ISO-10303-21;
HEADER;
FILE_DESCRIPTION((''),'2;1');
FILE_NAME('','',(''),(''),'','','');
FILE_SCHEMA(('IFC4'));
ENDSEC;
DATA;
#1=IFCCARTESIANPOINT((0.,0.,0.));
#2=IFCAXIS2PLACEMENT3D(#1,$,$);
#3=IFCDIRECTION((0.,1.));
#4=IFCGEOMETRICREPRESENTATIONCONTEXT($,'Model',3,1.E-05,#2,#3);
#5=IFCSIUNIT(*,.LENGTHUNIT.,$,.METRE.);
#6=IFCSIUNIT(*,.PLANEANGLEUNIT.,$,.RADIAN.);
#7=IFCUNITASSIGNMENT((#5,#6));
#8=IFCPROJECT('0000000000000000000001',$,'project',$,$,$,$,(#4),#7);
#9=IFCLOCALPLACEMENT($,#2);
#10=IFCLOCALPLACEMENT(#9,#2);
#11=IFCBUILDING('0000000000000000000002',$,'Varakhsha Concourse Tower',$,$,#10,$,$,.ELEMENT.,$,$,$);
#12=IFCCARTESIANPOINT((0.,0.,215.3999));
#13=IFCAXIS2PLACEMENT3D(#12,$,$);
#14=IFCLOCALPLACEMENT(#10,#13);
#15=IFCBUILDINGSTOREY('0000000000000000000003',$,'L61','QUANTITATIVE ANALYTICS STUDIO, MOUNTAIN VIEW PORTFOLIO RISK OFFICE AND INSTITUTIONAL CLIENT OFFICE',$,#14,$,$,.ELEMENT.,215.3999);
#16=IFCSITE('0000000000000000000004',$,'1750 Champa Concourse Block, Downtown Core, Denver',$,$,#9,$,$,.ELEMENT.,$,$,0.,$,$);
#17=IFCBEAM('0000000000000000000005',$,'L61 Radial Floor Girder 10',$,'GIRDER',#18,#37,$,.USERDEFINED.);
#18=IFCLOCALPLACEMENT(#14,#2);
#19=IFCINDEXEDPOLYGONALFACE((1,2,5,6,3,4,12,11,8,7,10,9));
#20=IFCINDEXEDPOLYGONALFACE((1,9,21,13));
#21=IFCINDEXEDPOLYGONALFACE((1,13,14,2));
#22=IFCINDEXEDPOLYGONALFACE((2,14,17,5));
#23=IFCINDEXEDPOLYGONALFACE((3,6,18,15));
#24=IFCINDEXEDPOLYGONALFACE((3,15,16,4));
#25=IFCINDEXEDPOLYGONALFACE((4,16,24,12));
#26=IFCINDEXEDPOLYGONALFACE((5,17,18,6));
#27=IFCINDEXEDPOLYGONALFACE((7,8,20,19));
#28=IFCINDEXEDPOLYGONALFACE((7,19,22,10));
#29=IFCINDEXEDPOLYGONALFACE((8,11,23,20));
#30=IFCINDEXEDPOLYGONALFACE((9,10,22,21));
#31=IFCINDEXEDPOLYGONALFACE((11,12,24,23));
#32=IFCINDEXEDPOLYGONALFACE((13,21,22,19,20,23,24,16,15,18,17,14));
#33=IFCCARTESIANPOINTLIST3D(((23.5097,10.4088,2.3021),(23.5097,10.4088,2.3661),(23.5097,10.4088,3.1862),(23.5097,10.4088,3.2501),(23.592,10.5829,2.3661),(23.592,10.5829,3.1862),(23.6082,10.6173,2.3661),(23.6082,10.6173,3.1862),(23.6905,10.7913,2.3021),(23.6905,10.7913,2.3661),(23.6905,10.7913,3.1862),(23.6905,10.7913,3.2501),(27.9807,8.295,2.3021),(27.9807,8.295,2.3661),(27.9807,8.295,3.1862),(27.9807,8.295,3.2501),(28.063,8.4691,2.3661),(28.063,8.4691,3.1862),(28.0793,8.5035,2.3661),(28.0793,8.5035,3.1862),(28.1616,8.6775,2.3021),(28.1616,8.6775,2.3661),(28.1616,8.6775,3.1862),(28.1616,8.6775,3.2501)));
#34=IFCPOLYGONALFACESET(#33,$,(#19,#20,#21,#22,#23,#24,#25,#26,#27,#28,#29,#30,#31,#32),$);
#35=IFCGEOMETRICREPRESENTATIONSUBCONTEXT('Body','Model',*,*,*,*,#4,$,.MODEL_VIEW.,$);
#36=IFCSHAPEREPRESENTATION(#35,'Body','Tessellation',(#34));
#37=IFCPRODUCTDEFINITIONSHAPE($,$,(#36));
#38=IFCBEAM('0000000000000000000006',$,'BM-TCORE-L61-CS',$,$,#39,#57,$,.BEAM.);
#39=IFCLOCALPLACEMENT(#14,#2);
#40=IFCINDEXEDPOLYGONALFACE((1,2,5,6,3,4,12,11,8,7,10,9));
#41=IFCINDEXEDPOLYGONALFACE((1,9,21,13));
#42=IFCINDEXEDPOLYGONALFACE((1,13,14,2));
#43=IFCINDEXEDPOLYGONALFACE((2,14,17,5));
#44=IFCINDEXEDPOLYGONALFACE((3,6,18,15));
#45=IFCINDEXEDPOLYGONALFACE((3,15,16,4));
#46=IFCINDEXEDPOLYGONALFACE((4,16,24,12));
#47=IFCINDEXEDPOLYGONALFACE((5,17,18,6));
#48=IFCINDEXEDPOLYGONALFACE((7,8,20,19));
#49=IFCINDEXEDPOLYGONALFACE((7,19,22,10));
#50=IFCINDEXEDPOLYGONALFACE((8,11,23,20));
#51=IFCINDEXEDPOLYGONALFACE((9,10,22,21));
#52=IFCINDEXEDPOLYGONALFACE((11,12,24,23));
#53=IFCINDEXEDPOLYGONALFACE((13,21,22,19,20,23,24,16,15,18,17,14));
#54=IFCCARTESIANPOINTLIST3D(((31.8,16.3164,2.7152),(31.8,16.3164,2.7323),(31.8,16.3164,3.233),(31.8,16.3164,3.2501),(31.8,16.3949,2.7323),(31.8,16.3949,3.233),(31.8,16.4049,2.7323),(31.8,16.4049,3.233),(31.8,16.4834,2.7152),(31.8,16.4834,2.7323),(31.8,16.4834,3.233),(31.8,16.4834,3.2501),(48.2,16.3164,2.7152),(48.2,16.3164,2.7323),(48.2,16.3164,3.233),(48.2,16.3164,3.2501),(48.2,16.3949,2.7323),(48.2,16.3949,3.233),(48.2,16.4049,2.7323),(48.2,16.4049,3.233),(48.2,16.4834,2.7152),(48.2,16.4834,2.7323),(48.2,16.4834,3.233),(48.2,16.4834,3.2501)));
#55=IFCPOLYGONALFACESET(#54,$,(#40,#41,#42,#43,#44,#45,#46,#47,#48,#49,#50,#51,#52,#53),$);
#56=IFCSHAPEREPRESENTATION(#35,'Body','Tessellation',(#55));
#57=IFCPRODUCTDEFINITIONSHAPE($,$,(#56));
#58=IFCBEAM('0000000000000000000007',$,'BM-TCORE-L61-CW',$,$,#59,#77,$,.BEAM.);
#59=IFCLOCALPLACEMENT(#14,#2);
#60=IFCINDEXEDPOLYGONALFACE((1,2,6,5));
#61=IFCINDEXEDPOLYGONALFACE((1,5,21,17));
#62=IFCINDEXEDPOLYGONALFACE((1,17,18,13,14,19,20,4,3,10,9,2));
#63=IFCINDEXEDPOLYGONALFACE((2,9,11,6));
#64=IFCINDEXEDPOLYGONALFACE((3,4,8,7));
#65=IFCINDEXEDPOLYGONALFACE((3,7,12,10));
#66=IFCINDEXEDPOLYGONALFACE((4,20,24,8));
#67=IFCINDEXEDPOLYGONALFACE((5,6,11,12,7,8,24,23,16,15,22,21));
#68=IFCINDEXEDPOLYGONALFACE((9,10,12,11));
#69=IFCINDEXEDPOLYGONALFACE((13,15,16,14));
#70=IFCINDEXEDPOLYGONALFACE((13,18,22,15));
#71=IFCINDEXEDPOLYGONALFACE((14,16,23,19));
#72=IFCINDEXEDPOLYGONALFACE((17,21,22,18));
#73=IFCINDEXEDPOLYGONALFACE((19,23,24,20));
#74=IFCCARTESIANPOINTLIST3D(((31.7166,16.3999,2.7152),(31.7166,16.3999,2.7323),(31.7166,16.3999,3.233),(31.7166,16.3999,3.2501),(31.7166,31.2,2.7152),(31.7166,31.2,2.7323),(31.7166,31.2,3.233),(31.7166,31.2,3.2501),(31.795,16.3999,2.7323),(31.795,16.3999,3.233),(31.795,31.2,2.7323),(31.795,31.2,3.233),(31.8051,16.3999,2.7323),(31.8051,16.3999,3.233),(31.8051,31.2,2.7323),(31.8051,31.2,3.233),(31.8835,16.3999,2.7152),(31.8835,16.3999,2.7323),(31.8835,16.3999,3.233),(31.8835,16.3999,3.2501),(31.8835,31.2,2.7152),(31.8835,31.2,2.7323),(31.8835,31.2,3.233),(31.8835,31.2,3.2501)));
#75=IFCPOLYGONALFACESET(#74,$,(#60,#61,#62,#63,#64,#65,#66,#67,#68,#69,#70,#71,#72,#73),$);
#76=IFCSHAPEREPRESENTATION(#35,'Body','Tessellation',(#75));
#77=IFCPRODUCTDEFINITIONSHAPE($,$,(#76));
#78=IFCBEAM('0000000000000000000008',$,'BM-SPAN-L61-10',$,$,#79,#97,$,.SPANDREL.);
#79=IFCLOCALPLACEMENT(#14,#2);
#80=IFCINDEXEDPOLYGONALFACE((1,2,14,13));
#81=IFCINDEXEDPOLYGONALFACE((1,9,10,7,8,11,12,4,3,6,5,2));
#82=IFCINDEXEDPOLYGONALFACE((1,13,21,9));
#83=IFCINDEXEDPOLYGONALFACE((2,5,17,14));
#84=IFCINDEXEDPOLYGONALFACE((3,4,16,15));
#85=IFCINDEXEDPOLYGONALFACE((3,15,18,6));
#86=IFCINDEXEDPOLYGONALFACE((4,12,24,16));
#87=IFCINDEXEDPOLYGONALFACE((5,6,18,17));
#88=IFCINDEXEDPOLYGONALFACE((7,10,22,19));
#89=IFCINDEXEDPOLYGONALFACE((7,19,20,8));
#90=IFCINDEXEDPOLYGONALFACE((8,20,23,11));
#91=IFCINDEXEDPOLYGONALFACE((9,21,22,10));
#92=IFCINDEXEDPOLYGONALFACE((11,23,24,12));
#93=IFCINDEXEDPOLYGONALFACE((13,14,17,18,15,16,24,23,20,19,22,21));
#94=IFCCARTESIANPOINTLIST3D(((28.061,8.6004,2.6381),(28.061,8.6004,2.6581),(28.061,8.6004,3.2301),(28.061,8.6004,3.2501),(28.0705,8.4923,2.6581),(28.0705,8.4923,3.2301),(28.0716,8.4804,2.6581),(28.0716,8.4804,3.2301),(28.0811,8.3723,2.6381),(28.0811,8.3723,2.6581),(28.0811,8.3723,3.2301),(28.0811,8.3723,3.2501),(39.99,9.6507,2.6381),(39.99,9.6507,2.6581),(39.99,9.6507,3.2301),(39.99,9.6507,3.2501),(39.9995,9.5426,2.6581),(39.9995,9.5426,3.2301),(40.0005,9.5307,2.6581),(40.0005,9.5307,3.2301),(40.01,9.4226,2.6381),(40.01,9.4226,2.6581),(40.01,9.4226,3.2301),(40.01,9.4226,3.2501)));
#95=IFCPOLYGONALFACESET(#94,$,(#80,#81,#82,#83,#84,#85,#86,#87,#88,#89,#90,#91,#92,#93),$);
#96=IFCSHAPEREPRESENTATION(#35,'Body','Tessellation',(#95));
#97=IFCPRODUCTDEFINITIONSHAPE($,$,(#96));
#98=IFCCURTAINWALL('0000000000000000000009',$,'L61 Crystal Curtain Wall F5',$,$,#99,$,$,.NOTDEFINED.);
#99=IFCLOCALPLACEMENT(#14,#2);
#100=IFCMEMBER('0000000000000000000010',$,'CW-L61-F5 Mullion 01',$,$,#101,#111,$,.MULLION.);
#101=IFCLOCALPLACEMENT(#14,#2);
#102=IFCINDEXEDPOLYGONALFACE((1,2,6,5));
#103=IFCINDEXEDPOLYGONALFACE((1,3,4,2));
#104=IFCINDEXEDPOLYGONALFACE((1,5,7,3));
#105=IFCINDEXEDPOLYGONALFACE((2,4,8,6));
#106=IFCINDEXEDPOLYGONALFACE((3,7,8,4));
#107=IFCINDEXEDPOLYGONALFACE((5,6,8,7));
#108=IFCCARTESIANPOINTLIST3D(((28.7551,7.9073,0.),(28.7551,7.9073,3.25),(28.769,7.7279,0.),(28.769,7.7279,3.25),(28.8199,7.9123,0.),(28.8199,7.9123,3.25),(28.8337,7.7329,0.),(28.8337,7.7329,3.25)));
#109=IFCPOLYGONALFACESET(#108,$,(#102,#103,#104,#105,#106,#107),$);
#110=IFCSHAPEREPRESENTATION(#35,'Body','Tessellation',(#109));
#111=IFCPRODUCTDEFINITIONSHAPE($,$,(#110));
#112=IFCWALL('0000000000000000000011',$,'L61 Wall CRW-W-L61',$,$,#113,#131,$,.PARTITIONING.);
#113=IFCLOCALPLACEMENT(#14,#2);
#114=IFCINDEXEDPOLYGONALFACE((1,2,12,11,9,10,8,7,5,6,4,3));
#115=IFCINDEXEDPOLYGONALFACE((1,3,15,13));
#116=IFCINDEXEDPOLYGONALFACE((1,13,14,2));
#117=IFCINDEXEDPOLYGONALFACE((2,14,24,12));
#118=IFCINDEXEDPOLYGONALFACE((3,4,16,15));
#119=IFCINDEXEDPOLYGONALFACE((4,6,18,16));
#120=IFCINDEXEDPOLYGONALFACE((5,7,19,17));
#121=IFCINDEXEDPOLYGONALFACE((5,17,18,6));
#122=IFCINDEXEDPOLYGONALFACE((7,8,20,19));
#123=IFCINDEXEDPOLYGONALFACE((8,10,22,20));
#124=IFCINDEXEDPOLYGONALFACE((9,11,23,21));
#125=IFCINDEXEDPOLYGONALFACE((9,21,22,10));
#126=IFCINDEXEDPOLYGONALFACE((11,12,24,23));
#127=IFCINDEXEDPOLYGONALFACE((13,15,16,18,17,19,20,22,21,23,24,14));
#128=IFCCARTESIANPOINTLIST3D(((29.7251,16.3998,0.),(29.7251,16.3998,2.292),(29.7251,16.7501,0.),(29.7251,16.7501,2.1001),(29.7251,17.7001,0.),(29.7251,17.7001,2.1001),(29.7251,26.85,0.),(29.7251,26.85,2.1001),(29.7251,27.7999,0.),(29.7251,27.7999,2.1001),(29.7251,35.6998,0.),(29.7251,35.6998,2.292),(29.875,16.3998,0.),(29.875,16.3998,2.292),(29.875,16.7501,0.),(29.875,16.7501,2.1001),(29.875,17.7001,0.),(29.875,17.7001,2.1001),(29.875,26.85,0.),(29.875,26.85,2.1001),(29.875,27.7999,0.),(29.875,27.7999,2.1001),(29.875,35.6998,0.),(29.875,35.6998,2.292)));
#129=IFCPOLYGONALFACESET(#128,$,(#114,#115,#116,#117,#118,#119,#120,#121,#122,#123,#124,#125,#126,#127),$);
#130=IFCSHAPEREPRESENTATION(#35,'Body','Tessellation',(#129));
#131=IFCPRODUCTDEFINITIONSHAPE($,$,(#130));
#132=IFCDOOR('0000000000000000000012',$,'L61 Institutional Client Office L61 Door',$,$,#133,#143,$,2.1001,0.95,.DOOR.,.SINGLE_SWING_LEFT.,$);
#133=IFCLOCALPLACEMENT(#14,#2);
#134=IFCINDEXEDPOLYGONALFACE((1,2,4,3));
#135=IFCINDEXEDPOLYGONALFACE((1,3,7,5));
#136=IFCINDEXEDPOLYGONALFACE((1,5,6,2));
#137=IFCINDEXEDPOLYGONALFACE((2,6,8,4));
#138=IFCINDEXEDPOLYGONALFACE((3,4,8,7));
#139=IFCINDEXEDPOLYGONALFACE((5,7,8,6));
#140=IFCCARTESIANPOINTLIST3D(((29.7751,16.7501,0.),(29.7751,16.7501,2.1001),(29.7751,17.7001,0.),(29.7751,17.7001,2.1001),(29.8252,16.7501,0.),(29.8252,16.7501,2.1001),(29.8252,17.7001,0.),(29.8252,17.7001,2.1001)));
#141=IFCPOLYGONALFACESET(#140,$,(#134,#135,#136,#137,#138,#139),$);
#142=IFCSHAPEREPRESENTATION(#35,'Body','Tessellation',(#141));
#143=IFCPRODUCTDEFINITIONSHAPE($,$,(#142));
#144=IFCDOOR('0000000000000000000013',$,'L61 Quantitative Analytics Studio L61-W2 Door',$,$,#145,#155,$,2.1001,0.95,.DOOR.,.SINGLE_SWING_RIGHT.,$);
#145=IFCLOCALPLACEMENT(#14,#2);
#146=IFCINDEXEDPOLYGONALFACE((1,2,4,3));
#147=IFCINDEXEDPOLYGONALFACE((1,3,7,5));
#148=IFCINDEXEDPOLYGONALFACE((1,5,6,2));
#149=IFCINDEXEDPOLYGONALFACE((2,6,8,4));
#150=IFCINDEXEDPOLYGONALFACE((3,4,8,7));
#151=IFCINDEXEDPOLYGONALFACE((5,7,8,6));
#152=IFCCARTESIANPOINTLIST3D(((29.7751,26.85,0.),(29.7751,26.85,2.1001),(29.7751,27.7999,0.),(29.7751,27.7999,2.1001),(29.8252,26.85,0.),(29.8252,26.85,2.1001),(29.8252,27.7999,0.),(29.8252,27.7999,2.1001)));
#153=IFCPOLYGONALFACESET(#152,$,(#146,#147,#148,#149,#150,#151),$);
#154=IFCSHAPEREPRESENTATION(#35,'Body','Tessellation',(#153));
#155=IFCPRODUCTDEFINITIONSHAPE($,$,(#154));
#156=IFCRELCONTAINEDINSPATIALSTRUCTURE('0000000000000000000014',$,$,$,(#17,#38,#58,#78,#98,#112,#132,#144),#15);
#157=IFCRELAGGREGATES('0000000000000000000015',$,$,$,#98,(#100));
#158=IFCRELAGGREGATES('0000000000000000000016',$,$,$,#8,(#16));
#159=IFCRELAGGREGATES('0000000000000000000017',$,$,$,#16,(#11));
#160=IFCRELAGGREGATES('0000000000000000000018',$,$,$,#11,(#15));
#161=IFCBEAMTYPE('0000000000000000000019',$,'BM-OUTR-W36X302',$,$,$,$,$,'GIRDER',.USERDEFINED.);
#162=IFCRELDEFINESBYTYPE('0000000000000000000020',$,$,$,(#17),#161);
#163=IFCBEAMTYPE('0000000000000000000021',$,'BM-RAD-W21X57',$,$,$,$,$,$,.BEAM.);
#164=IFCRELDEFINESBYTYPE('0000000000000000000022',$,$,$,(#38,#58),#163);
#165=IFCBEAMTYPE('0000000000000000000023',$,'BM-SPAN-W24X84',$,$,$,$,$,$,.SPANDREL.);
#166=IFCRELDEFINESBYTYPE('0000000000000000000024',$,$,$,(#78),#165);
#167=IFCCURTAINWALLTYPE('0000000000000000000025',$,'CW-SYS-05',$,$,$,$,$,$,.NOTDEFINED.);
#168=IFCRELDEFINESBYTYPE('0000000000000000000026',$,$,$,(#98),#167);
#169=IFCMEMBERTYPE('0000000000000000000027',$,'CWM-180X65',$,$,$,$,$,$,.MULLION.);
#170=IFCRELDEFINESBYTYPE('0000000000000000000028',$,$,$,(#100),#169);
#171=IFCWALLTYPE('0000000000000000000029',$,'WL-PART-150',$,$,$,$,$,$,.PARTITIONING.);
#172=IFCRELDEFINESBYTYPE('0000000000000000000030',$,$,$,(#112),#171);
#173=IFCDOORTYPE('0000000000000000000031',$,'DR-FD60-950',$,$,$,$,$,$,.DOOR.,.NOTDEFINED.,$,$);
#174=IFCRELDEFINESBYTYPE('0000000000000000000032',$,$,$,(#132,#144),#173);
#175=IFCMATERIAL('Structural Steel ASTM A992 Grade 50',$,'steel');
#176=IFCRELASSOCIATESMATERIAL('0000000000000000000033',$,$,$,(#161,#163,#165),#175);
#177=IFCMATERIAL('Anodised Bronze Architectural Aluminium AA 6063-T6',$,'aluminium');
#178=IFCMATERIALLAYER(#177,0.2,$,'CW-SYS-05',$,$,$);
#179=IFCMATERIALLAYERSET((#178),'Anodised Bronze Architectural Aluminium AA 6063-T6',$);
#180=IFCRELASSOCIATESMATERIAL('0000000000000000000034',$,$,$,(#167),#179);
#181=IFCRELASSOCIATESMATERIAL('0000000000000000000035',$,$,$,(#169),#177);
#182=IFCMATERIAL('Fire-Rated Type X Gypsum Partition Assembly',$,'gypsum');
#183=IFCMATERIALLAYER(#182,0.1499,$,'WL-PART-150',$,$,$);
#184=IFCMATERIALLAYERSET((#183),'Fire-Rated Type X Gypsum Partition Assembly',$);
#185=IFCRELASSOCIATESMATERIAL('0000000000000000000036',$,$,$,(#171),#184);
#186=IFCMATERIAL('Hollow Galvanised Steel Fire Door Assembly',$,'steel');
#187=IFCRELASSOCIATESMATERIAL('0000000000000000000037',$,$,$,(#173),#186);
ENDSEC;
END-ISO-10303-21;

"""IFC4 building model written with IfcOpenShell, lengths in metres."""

from ifc_helpers import new_model, si_unit, direction, frame, frame_2d, origin, origin_2d, place, context, subcontext, project, spatial, rectangle, i_section, extrude, source, transform, mapped, material, layer, layer_set, material_profile, profile_set, type_object, type_shapes, element, fill, aggregate, save


model = new_model("IFC4")

# Units and contexts
model_context = context("Model", 3, precision=1e-05, world=origin(), true_north=direction((0.0, 1.0)))
body_context = subcontext(model_context, "Body", "Model", "MODEL_VIEW")
ifc_project = project(units=[si_unit("LENGTHUNIT", "METRE"), si_unit("PLANEANGLEUNIT", "RADIAN")], contexts=[model_context])

# Site, building, storey
site_placement = place(None, origin())
site = spatial("IfcSite", under=ifc_project, at=site_placement, Name="1750 Champa Concourse Block, Downtown Core, Denver", CompositionType="ELEMENT", RefElevation=0.0)
building_placement = place(site_placement, origin())
building = spatial("IfcBuilding", under=site, at=building_placement, Name="Varakhsha Concourse Tower", CompositionType="ELEMENT")
storey_placement = place(building_placement, frame((0.0, 0.0, 215.3999)))
storey = spatial("IfcBuildingStorey", under=building, at=storey_placement, Name="L61", Description="QUANTITATIVE ANALYTICS STUDIO, MOUNTAIN VIEW PORTFOLIO RISK OFFICE AND INSTITUTIONAL CLIENT OFFICE", CompositionType="ELEMENT", Elevation=215.3999)

# Shared definitions
ifc_material_1 = material(Name="Structural Steel ASTM A992 Grade 50", Category="steel")

# Beams
ifc_material_profile_1 = material_profile(ifc_material_1, i_section(OverallWidth=0.4231, OverallDepth=0.948, WebThickness=0.0381, FlangeThickness=0.064, at=origin_2d()), Name="W36X302")
ifc_profile_set_1 = profile_set([ifc_material_profile_1], Name="Structural Steel ASTM A992 Grade 50")
beam_type_1 = type_object("IfcBeamType", Name="BM-OUTR-W36X302", ElementType="GIRDER", PredefinedType="USERDEFINED", material=ifc_profile_set_1)
beam_1_placement = place(storey_placement, frame((23.6001, 10.6001, 2.7761), z_axis=(0.904054, -0.427418, 0.0), x_axis=(0.427418, 0.904054, 0.0)))
element("IfcBeam", 1, at=beam_1_placement, inside=storey, type_object=beam_type_1, Name="L61 Radial Floor Girder 10", ObjectType="GIRDER", PredefinedType="USERDEFINED", context=body_context, shape_type="SweptSolid", body=[
    extrude(i_section(OverallWidth=0.4231, OverallDepth=0.948, WebThickness=0.0381, FlangeThickness=0.064, at=origin_2d()), origin(), (0.0, 0.0, 1.0), 4.9456),
])
ifc_material_profile_2 = material_profile(ifc_material_1, i_section(OverallWidth=0.167, OverallDepth=0.5349, WebThickness=0.01, FlangeThickness=0.0171, at=origin_2d()), Name="W21X57")
ifc_profile_set_2 = profile_set([ifc_material_profile_2], Name="Structural Steel ASTM A992 Grade 50")
beam_type_2 = type_object("IfcBeamType", Name="BM-RAD-W21X57", PredefinedType="BEAM", material=ifc_profile_set_2)
beam_2_placement = place(storey_placement, frame((31.8, 16.3999, 2.9827), z_axis=(1.0, 0.0, 0.0), x_axis=(0.0, 1.0, 0.0)))
element("IfcBeam", 2, at=beam_2_placement, inside=storey, type_object=beam_type_2, Name="BM-TCORE-L61-CS", PredefinedType="BEAM", context=body_context, shape_type="SweptSolid", body=[
    extrude(i_section(OverallWidth=0.167, OverallDepth=0.5349, WebThickness=0.01, FlangeThickness=0.0171, at=origin_2d()), origin(), (0.0, 0.0, 1.0), 16.3999),
])
beam_3_placement = place(storey_placement, frame((31.8, 16.3999, 2.9827), z_axis=(0.0, 1.0, 0.0), x_axis=(-1.0, 0.0, 0.0)))
element("IfcBeam", 3, at=beam_3_placement, inside=storey, type_object=beam_type_2, Name="BM-TCORE-L61-CW", PredefinedType="BEAM", context=body_context, shape_type="SweptSolid", body=[
    extrude(i_section(OverallWidth=0.167, OverallDepth=0.5349, WebThickness=0.01, FlangeThickness=0.0171, at=origin_2d()), origin(), (0.0, 0.0, 1.0), 14.8),
])
ifc_material_profile_3 = material_profile(ifc_material_1, i_section(OverallWidth=0.229, OverallDepth=0.6121, WebThickness=0.012, FlangeThickness=0.02, at=origin_2d()), Name="W24X84")
ifc_profile_set_3 = profile_set([ifc_material_profile_3], Name="Structural Steel ASTM A992 Grade 50")
beam_type_3 = type_object("IfcBeamType", Name="BM-SPAN-W24X84", PredefinedType="SPANDREL", material=ifc_profile_set_3)
beam_4_placement = place(storey_placement, frame((28.071, 8.4863, 2.9441), z_axis=(0.996146, 0.087706, 0.0), x_axis=(-0.087706, 0.996146, 0.0)))
element("IfcBeam", 4, at=beam_4_placement, inside=storey, type_object=beam_type_3, Name="BM-SPAN-L61-10", PredefinedType="SPANDREL", context=body_context, shape_type="SweptSolid", body=[
    extrude(i_section(OverallWidth=0.229, OverallDepth=0.6121, WebThickness=0.012, FlangeThickness=0.02, at=origin_2d()), origin(), (0.0, 0.0, 1.0), 11.9751),
])

# Curtain wall, member
ifc_material_2 = material(Name="Anodised Bronze Architectural Aluminium AA 6063-T6", Category="aluminium")
ifc_layer_1 = layer(ifc_material_2, 0.2, Name="CW-SYS-05")
ifc_layer_set_1 = layer_set([ifc_layer_1], Name="Anodised Bronze Architectural Aluminium AA 6063-T6")
curtain_wall_type = type_object("IfcCurtainWallType", Name="CW-SYS-05", PredefinedType="NOTDEFINED", material=ifc_layer_set_1)
curtain_wall_placement = place(storey_placement, origin())
curtain_wall = element("IfcCurtainWall", 5, at=curtain_wall_placement, inside=storey, type_object=curtain_wall_type, Name="L61 Crystal Curtain Wall F5", PredefinedType="NOTDEFINED")
ifc_material_profile_4 = material_profile(ifc_material_2, rectangle(XDim=0.0649, YDim=0.1799, at=origin_2d()), Name="CWM-180X65")
ifc_profile_set_4 = profile_set([ifc_material_profile_4], Name="Anodised Bronze Architectural Aluminium AA 6063-T6")
member_type = type_object("IfcMemberType", Name="CWM-180X65", PredefinedType="MULLION", material=ifc_profile_set_4)
shared_shape = source(origin(), body_context, "Body", "SweptSolid", [
    extrude(rectangle(XDim=0.0649, YDim=0.1799, at=origin_2d()), origin(), (0.0, 0.0, 1.0), 3.25),
])
type_shapes(member_type, [shared_shape])
member_placement = place(storey_placement, frame((28.7944, 7.8201, 0.0), z_axis=(0.0, 0.0, 1.0), x_axis=(-0.997034, -0.076961, 0.0)))
member = element("IfcMember", 6, at=member_placement, type_object=member_type, Name="CW-L61-F5 Mullion 01", PredefinedType="MULLION", context=body_context, shape_type="MappedRepresentation", body=[
    mapped(shared_shape, transform((0.0, 0.0, 0.0), scale=1.0)),
])
aggregate(curtain_wall, [member])

# Wall, openings, doors
ifc_material_3 = material(Name="Fire-Rated Type X Gypsum Partition Assembly", Category="gypsum")
ifc_layer_2 = layer(ifc_material_3, 0.1499, Name="WL-PART-150")
ifc_layer_set_2 = layer_set([ifc_layer_2], Name="Fire-Rated Type X Gypsum Partition Assembly")
wall_type = type_object("IfcWallType", Name="WL-PART-150", PredefinedType="PARTITIONING", material=ifc_layer_set_2)
wall_1_placement = place(storey_placement, frame((29.8, 16.3999, 0.0), z_axis=(0.0, 0.0, 1.0), x_axis=(0.0, 1.0, 0.0)))
wall_1 = element("IfcWall", 7, at=wall_1_placement, inside=storey, type_object=wall_type, Name="L61 Wall CRW-W-L61", PredefinedType="PARTITIONING", context=body_context, shape_type="SweptSolid", body=[
    extrude(rectangle(XDim=19.3, YDim=0.1499, at=frame_2d((9.6499, 0.0))), origin(), (0.0, 0.0, 1.0), 2.292),
])
opening_1_placement = place(wall_1_placement, frame((0.3501, 0.0, 0.0)))
opening_1 = element("IfcOpeningElement", 8, at=opening_1_placement, cuts=wall_1, PredefinedType="OPENING", context=body_context, shape_type="SweptSolid", body=[
    extrude(rectangle(XDim=0.95, YDim=2.1001, at=frame_2d((0.4751, 1.05))), frame((0.0, 0.085, 0.0), z_axis=(0.0, -1.0, 0.0), x_axis=(1.0, 0.0, 0.0)), (0.0, 0.0, 1.0), 0.1699),
])
opening_2_placement = place(wall_1_placement, frame((10.45, 0.0, 0.0)))
opening_2 = element("IfcOpeningElement", 9, at=opening_2_placement, cuts=wall_1, PredefinedType="OPENING", context=body_context, shape_type="SweptSolid", body=[
    extrude(rectangle(XDim=0.95, YDim=2.1001, at=frame_2d((0.4751, 1.05))), frame((0.0, 0.085, 0.0), z_axis=(0.0, -1.0, 0.0), x_axis=(1.0, 0.0, 0.0)), (0.0, 0.0, 1.0), 0.1699),
])
ifc_material_4 = material(Name="Hollow Galvanised Steel Fire Door Assembly", Category="steel")
door_type = type_object("IfcDoorType", Name="DR-FD60-950", OperationType="NOTDEFINED", PredefinedType="DOOR", material=ifc_material_4)
door_1_placement = place(opening_1_placement, origin())
door_1 = element("IfcDoor", 10, at=door_1_placement, inside=storey, type_object=door_type, Name="L61 Institutional Client Office L61 Door", OperationType="SINGLE_SWING_LEFT", OverallHeight=2.1001, OverallWidth=0.95, PredefinedType="DOOR", context=body_context, shape_type="SweptSolid", body=[
    extrude(rectangle(XDim=0.95, YDim=2.1001, at=frame_2d((0.4751, 1.05))), frame((0.0, 0.0249, 0.0), z_axis=(0.0, -1.0, 0.0), x_axis=(1.0, 0.0, 0.0)), (0.0, 0.0, 1.0), 0.05),
])
fill(opening_1, door_1)
door_2_placement = place(opening_2_placement, origin())
door_2 = element("IfcDoor", 11, at=door_2_placement, inside=storey, type_object=door_type, Name="L61 Quantitative Analytics Studio L61-W2 Door", OperationType="SINGLE_SWING_RIGHT", OverallHeight=2.1001, OverallWidth=0.95, PredefinedType="DOOR", context=body_context, shape_type="SweptSolid", body=[
    extrude(rectangle(XDim=0.95, YDim=2.1001, at=frame_2d((0.4751, 1.05))), frame((0.0, 0.0249, 0.0), z_axis=(0.0, -1.0, 0.0), x_axis=(1.0, 0.0, 0.0)), (0.0, 0.0, 1.0), 0.05),
])
fill(opening_2, door_2)

save(model, "model.ifc")
